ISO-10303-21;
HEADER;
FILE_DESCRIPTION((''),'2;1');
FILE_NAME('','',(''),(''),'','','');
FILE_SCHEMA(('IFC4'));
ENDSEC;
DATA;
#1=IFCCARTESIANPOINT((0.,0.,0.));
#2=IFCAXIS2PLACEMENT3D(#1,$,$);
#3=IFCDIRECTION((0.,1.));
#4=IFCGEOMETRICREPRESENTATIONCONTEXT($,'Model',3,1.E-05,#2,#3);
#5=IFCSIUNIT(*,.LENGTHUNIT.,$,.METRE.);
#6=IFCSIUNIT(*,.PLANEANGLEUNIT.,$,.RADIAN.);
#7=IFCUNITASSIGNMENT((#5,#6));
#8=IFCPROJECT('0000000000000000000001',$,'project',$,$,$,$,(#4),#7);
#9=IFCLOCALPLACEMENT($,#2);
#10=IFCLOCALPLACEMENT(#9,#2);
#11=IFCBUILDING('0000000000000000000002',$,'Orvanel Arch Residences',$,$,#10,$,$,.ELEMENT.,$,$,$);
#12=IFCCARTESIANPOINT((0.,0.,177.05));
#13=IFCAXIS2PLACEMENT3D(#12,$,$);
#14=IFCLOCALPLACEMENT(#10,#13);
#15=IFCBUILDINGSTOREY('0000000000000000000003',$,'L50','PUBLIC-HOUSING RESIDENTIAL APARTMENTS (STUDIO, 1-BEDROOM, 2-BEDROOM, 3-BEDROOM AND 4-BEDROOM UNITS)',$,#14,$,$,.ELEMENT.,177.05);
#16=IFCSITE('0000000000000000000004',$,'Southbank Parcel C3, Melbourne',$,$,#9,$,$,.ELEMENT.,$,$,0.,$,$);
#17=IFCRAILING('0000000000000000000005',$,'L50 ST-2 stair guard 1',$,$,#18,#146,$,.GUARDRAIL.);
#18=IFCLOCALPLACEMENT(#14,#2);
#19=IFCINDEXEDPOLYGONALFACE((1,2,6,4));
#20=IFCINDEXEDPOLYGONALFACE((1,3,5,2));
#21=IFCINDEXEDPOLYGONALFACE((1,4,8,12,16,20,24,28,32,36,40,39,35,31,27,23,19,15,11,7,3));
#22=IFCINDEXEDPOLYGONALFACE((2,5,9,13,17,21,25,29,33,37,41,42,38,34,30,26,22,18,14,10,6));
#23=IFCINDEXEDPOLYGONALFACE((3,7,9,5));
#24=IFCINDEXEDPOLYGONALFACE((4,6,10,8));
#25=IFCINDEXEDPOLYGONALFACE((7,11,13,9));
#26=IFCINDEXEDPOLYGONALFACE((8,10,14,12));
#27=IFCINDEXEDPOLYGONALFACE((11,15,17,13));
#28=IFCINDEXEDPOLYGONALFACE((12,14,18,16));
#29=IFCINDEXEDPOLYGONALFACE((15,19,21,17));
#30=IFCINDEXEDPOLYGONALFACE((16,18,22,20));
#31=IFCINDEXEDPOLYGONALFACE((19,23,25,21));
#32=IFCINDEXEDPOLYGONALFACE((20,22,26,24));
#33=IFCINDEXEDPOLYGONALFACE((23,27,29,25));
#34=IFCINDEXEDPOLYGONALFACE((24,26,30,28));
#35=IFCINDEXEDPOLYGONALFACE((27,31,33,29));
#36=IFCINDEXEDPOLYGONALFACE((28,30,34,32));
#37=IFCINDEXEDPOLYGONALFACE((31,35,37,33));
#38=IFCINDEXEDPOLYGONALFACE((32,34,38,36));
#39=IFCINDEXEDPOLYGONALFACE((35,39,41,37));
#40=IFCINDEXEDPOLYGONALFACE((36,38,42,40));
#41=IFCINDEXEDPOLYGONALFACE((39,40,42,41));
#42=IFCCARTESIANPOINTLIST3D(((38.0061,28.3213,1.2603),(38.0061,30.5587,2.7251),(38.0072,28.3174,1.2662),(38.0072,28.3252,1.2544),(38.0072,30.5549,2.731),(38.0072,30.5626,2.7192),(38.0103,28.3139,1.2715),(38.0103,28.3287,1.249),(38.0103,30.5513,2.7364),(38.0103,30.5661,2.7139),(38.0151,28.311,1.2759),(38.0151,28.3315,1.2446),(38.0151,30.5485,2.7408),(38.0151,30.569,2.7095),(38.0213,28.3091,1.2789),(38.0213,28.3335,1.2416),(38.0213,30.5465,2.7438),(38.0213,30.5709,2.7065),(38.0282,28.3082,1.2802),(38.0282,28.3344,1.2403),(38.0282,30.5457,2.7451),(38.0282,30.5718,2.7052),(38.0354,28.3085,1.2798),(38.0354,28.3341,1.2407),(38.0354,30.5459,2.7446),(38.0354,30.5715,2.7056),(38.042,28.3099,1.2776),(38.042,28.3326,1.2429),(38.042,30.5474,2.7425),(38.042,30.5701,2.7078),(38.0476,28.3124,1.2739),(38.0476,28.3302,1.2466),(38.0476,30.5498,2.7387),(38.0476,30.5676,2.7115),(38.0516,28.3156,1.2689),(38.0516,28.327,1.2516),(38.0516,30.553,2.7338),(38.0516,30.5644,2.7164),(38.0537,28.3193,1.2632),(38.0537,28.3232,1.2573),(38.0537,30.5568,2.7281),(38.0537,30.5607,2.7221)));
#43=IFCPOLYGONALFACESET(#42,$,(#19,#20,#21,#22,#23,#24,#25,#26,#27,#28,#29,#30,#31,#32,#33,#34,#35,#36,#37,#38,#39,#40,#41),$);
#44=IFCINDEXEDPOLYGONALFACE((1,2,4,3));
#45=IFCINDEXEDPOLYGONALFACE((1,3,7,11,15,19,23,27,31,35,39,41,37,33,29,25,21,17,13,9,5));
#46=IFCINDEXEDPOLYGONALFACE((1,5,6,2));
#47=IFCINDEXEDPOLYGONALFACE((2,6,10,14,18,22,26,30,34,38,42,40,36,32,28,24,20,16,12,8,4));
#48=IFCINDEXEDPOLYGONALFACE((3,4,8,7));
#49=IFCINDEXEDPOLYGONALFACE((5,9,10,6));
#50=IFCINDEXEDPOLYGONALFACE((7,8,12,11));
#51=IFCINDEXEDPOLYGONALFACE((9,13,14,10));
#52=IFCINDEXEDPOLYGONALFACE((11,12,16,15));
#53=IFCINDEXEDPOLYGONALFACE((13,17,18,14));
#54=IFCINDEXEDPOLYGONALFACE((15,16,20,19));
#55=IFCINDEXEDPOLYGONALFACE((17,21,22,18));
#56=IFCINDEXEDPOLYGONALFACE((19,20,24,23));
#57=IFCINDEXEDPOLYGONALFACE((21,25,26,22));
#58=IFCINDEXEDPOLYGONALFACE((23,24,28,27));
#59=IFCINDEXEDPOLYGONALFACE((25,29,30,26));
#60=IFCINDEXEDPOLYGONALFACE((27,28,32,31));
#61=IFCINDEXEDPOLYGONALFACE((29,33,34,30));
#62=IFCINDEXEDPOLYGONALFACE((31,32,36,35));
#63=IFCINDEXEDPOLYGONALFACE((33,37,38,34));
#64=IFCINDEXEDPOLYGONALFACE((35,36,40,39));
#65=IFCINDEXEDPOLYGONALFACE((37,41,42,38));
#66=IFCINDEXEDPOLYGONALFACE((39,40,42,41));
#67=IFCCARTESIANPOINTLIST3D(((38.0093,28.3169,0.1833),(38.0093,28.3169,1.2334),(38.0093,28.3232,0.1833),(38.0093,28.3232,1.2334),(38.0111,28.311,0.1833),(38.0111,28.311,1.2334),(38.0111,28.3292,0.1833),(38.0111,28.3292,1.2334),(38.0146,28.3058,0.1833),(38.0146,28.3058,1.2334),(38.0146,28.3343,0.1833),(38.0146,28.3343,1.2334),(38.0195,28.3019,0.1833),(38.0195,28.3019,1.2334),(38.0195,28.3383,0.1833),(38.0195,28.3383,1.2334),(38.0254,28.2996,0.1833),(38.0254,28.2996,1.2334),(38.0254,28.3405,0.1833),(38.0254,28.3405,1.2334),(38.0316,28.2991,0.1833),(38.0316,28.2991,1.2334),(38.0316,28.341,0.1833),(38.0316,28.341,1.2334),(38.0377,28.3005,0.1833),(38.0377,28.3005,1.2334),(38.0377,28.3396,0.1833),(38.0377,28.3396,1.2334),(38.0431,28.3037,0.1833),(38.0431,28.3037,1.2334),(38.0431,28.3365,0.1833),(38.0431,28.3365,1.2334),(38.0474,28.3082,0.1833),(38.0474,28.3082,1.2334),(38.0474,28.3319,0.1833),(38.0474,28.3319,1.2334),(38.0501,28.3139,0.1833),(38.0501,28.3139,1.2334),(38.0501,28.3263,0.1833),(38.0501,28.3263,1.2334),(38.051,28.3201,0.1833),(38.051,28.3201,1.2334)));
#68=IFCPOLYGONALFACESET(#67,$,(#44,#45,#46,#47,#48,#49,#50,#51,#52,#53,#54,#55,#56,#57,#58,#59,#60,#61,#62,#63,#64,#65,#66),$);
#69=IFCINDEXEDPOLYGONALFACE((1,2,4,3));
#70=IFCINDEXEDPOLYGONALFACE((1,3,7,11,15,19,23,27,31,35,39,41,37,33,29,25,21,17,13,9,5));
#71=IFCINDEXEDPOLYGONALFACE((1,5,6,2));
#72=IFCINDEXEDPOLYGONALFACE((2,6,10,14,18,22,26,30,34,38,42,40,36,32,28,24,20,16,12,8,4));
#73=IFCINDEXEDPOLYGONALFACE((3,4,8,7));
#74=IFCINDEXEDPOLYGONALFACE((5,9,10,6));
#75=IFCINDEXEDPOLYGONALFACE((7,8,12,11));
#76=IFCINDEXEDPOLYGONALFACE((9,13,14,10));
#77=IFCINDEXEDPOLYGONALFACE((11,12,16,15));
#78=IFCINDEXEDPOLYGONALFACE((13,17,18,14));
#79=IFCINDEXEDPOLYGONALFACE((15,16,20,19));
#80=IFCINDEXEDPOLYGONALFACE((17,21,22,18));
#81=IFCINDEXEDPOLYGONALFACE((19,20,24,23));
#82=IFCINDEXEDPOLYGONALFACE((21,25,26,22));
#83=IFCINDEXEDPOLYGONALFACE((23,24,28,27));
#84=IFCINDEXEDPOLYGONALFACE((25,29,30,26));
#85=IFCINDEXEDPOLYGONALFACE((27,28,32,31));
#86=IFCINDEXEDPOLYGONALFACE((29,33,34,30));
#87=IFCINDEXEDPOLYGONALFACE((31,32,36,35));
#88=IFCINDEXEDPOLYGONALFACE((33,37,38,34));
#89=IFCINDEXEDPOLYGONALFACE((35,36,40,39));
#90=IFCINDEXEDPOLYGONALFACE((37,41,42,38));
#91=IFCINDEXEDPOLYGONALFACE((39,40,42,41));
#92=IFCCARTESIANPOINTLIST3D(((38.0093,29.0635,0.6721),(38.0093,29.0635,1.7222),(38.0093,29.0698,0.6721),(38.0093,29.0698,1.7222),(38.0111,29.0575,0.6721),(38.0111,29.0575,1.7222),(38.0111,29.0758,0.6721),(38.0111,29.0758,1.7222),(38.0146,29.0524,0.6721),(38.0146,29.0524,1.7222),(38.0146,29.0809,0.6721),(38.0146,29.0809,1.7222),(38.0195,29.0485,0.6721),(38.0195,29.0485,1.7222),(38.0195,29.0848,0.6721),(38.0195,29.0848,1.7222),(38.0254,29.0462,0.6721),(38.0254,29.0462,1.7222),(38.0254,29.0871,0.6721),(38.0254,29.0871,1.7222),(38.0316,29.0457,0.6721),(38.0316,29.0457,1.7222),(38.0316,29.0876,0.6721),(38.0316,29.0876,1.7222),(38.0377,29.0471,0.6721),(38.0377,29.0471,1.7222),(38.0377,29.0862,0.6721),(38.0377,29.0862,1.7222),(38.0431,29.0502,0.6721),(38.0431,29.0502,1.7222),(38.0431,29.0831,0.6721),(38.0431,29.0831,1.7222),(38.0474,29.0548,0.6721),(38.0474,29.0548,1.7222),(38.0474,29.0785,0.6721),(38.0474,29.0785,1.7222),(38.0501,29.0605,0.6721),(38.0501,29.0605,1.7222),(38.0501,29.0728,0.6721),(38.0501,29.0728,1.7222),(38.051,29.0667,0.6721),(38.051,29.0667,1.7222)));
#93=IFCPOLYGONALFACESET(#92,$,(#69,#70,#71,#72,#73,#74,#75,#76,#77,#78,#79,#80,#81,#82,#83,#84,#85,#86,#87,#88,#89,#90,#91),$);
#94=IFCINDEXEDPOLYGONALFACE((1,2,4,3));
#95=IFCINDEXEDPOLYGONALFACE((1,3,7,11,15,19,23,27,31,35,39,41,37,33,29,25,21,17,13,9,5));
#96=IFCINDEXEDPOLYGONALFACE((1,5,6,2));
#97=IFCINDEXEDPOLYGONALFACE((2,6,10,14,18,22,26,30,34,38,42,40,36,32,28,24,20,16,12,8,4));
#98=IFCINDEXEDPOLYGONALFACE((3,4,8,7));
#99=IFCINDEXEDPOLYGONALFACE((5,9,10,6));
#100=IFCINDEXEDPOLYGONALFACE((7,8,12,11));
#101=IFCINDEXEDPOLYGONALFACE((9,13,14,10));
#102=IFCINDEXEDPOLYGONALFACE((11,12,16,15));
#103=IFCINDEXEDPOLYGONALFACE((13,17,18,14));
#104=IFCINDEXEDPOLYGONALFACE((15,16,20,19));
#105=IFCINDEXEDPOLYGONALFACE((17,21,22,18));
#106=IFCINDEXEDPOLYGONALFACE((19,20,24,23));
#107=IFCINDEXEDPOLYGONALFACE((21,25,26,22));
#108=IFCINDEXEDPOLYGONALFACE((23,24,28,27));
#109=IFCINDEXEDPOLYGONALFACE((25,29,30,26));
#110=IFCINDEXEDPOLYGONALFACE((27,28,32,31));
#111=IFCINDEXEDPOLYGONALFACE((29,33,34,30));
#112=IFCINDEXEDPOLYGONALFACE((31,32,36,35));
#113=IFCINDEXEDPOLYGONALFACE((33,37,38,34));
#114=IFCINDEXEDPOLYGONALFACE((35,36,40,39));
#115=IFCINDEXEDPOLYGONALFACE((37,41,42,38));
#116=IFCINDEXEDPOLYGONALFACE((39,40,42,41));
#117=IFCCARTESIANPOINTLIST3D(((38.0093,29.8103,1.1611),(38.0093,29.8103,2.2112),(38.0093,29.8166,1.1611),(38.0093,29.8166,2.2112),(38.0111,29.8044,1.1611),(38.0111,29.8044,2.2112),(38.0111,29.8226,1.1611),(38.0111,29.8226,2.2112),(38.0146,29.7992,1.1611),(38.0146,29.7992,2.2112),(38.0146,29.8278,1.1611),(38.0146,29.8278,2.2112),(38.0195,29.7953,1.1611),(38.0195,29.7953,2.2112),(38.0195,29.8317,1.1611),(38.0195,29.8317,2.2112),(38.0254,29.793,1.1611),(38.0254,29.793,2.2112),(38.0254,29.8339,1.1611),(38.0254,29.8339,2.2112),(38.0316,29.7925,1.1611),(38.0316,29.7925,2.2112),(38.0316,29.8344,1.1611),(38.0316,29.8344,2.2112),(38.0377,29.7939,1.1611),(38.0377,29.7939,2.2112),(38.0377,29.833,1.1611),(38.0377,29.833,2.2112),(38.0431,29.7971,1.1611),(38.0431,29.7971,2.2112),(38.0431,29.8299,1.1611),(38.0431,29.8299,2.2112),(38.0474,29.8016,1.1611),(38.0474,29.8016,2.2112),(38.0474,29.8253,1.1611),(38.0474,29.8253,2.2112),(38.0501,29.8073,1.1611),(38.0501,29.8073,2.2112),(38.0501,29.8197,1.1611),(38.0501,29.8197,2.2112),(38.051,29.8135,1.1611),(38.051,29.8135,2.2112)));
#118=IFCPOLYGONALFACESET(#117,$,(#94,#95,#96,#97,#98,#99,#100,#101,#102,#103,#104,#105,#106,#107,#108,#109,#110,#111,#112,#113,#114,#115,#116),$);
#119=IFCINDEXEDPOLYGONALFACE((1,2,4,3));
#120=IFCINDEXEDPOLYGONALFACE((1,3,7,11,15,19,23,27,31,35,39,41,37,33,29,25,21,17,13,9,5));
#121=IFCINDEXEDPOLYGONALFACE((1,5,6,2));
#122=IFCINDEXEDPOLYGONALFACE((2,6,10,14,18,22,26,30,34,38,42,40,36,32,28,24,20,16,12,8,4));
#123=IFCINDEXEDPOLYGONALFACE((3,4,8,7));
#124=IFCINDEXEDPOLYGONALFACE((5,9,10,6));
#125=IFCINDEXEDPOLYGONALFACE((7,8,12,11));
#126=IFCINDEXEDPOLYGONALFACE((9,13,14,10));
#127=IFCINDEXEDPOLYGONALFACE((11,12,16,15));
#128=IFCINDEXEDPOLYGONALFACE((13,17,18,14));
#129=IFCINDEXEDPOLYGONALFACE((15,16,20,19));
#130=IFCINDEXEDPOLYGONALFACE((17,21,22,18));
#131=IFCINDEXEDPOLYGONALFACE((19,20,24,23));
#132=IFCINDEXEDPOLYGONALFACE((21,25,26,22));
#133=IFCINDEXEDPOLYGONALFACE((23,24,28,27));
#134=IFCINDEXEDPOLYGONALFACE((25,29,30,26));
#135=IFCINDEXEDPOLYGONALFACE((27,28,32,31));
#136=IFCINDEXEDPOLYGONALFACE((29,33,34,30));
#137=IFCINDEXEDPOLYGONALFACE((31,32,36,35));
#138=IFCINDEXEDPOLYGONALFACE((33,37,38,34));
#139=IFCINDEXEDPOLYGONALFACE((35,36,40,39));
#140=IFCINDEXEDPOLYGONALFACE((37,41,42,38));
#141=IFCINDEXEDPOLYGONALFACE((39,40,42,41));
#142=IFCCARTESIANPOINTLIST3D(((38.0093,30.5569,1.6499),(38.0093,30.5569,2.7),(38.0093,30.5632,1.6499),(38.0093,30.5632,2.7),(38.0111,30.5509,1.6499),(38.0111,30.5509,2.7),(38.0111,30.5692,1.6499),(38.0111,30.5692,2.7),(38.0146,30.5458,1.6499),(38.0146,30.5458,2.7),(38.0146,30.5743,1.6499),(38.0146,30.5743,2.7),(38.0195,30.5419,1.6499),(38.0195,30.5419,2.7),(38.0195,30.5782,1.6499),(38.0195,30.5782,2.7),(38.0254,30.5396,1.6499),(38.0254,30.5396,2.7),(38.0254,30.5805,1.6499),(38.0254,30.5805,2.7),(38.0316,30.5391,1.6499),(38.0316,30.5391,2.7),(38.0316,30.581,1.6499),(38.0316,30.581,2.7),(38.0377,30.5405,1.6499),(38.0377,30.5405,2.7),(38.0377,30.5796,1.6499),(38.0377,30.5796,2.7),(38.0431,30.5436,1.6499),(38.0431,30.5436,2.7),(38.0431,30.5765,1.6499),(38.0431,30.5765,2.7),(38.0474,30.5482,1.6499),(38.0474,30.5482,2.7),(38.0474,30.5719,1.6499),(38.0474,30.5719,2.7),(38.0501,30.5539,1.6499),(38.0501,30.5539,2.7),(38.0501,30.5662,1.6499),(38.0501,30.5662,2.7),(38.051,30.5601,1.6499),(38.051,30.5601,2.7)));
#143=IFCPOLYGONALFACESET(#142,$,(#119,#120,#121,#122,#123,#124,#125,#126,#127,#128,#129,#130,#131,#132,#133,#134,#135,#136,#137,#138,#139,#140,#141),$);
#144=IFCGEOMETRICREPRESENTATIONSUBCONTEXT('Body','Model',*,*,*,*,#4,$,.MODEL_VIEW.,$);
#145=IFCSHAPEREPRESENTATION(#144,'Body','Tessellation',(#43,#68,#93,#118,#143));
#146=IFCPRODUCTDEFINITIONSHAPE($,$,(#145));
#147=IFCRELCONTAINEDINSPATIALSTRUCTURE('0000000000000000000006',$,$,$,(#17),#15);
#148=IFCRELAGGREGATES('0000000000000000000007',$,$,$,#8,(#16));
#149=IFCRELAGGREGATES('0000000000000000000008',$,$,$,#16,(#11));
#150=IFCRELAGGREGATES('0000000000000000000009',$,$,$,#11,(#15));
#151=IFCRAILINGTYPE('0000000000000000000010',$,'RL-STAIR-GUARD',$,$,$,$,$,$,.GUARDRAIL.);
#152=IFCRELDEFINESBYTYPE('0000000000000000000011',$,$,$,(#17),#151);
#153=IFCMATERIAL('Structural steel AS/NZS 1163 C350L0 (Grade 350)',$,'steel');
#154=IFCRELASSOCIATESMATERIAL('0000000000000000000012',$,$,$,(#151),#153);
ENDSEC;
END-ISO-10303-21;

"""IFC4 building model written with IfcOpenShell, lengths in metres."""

from ifc_helpers import new_model, si_unit, direction, frame, origin, origin_2d, place, context, subcontext, project, spatial, circle, extrude, material, type_object, element, save


model = new_model("IFC4")

# Units and contexts
model_context = context("Model", 3, precision=1e-05, world=origin(), true_north=direction((0.0, 1.0)))
body_context = subcontext(model_context, "Body", "Model", "MODEL_VIEW")
ifc_project = project(units=[si_unit("LENGTHUNIT", "METRE"), si_unit("PLANEANGLEUNIT", "RADIAN")], contexts=[model_context])

# Site, building, storey
site_placement = place(None, origin())
site = spatial("IfcSite", under=ifc_project, at=site_placement, Name="Southbank Parcel C3, Melbourne", CompositionType="ELEMENT", RefElevation=0.0)
building_placement = place(site_placement, origin())
building = spatial("IfcBuilding", under=site, at=building_placement, Name="Orvanel Arch Residences", CompositionType="ELEMENT")
storey_placement = place(building_placement, frame((0.0, 0.0, 177.05)))
storey = spatial("IfcBuildingStorey", under=building, at=storey_placement, Name="L50", Description="PUBLIC-HOUSING RESIDENTIAL APARTMENTS (STUDIO, 1-BEDROOM, 2-BEDROOM, 3-BEDROOM AND 4-BEDROOM UNITS)", CompositionType="ELEMENT", Elevation=177.05)

# Railing
ifc_material_1 = material(Name="Structural steel AS/NZS 1163 C350L0 (Grade 350)", Category="steel")
railing_type_1 = type_object("IfcRailingType", Name="RL-STAIR-GUARD", PredefinedType="GUARDRAIL", material=ifc_material_1)
railing_1_placement = place(storey_placement, frame((38.03, 28.3201, 0.1833)))
element("IfcRailing", 1, at=railing_1_placement, inside=storey, type_object=railing_type_1, Name="L50 ST-2 stair guard 1", PredefinedType="GUARDRAIL", context=body_context, shape_type="SweptSolid", body=[
    extrude(circle(Radius=0.0239, at=origin_2d()), frame((0.0, 0.0012, 1.0769), z_axis=(0.0, 0.836637, 0.547758), x_axis=(-1.0, 0.0, 0.0)), (0.0, 0.0, 1.0), 2.6743),
    extrude(circle(Radius=0.021, at=origin_2d()), origin(), (0.0, 0.0, 1.0), 1.05),
    extrude(circle(Radius=0.021, at=origin_2d()), frame((0.0, 0.7466, 0.4888)), (0.0, 0.0, 1.0), 1.05),
    extrude(circle(Radius=0.021, at=origin_2d()), frame((0.0, 1.4934, 0.9778)), (0.0, 0.0, 1.0), 1.05),
    extrude(circle(Radius=0.021, at=origin_2d()), frame((0.0, 2.24, 1.4666)), (0.0, 0.0, 1.0), 1.05),
])

save(model, "model.ifc")
